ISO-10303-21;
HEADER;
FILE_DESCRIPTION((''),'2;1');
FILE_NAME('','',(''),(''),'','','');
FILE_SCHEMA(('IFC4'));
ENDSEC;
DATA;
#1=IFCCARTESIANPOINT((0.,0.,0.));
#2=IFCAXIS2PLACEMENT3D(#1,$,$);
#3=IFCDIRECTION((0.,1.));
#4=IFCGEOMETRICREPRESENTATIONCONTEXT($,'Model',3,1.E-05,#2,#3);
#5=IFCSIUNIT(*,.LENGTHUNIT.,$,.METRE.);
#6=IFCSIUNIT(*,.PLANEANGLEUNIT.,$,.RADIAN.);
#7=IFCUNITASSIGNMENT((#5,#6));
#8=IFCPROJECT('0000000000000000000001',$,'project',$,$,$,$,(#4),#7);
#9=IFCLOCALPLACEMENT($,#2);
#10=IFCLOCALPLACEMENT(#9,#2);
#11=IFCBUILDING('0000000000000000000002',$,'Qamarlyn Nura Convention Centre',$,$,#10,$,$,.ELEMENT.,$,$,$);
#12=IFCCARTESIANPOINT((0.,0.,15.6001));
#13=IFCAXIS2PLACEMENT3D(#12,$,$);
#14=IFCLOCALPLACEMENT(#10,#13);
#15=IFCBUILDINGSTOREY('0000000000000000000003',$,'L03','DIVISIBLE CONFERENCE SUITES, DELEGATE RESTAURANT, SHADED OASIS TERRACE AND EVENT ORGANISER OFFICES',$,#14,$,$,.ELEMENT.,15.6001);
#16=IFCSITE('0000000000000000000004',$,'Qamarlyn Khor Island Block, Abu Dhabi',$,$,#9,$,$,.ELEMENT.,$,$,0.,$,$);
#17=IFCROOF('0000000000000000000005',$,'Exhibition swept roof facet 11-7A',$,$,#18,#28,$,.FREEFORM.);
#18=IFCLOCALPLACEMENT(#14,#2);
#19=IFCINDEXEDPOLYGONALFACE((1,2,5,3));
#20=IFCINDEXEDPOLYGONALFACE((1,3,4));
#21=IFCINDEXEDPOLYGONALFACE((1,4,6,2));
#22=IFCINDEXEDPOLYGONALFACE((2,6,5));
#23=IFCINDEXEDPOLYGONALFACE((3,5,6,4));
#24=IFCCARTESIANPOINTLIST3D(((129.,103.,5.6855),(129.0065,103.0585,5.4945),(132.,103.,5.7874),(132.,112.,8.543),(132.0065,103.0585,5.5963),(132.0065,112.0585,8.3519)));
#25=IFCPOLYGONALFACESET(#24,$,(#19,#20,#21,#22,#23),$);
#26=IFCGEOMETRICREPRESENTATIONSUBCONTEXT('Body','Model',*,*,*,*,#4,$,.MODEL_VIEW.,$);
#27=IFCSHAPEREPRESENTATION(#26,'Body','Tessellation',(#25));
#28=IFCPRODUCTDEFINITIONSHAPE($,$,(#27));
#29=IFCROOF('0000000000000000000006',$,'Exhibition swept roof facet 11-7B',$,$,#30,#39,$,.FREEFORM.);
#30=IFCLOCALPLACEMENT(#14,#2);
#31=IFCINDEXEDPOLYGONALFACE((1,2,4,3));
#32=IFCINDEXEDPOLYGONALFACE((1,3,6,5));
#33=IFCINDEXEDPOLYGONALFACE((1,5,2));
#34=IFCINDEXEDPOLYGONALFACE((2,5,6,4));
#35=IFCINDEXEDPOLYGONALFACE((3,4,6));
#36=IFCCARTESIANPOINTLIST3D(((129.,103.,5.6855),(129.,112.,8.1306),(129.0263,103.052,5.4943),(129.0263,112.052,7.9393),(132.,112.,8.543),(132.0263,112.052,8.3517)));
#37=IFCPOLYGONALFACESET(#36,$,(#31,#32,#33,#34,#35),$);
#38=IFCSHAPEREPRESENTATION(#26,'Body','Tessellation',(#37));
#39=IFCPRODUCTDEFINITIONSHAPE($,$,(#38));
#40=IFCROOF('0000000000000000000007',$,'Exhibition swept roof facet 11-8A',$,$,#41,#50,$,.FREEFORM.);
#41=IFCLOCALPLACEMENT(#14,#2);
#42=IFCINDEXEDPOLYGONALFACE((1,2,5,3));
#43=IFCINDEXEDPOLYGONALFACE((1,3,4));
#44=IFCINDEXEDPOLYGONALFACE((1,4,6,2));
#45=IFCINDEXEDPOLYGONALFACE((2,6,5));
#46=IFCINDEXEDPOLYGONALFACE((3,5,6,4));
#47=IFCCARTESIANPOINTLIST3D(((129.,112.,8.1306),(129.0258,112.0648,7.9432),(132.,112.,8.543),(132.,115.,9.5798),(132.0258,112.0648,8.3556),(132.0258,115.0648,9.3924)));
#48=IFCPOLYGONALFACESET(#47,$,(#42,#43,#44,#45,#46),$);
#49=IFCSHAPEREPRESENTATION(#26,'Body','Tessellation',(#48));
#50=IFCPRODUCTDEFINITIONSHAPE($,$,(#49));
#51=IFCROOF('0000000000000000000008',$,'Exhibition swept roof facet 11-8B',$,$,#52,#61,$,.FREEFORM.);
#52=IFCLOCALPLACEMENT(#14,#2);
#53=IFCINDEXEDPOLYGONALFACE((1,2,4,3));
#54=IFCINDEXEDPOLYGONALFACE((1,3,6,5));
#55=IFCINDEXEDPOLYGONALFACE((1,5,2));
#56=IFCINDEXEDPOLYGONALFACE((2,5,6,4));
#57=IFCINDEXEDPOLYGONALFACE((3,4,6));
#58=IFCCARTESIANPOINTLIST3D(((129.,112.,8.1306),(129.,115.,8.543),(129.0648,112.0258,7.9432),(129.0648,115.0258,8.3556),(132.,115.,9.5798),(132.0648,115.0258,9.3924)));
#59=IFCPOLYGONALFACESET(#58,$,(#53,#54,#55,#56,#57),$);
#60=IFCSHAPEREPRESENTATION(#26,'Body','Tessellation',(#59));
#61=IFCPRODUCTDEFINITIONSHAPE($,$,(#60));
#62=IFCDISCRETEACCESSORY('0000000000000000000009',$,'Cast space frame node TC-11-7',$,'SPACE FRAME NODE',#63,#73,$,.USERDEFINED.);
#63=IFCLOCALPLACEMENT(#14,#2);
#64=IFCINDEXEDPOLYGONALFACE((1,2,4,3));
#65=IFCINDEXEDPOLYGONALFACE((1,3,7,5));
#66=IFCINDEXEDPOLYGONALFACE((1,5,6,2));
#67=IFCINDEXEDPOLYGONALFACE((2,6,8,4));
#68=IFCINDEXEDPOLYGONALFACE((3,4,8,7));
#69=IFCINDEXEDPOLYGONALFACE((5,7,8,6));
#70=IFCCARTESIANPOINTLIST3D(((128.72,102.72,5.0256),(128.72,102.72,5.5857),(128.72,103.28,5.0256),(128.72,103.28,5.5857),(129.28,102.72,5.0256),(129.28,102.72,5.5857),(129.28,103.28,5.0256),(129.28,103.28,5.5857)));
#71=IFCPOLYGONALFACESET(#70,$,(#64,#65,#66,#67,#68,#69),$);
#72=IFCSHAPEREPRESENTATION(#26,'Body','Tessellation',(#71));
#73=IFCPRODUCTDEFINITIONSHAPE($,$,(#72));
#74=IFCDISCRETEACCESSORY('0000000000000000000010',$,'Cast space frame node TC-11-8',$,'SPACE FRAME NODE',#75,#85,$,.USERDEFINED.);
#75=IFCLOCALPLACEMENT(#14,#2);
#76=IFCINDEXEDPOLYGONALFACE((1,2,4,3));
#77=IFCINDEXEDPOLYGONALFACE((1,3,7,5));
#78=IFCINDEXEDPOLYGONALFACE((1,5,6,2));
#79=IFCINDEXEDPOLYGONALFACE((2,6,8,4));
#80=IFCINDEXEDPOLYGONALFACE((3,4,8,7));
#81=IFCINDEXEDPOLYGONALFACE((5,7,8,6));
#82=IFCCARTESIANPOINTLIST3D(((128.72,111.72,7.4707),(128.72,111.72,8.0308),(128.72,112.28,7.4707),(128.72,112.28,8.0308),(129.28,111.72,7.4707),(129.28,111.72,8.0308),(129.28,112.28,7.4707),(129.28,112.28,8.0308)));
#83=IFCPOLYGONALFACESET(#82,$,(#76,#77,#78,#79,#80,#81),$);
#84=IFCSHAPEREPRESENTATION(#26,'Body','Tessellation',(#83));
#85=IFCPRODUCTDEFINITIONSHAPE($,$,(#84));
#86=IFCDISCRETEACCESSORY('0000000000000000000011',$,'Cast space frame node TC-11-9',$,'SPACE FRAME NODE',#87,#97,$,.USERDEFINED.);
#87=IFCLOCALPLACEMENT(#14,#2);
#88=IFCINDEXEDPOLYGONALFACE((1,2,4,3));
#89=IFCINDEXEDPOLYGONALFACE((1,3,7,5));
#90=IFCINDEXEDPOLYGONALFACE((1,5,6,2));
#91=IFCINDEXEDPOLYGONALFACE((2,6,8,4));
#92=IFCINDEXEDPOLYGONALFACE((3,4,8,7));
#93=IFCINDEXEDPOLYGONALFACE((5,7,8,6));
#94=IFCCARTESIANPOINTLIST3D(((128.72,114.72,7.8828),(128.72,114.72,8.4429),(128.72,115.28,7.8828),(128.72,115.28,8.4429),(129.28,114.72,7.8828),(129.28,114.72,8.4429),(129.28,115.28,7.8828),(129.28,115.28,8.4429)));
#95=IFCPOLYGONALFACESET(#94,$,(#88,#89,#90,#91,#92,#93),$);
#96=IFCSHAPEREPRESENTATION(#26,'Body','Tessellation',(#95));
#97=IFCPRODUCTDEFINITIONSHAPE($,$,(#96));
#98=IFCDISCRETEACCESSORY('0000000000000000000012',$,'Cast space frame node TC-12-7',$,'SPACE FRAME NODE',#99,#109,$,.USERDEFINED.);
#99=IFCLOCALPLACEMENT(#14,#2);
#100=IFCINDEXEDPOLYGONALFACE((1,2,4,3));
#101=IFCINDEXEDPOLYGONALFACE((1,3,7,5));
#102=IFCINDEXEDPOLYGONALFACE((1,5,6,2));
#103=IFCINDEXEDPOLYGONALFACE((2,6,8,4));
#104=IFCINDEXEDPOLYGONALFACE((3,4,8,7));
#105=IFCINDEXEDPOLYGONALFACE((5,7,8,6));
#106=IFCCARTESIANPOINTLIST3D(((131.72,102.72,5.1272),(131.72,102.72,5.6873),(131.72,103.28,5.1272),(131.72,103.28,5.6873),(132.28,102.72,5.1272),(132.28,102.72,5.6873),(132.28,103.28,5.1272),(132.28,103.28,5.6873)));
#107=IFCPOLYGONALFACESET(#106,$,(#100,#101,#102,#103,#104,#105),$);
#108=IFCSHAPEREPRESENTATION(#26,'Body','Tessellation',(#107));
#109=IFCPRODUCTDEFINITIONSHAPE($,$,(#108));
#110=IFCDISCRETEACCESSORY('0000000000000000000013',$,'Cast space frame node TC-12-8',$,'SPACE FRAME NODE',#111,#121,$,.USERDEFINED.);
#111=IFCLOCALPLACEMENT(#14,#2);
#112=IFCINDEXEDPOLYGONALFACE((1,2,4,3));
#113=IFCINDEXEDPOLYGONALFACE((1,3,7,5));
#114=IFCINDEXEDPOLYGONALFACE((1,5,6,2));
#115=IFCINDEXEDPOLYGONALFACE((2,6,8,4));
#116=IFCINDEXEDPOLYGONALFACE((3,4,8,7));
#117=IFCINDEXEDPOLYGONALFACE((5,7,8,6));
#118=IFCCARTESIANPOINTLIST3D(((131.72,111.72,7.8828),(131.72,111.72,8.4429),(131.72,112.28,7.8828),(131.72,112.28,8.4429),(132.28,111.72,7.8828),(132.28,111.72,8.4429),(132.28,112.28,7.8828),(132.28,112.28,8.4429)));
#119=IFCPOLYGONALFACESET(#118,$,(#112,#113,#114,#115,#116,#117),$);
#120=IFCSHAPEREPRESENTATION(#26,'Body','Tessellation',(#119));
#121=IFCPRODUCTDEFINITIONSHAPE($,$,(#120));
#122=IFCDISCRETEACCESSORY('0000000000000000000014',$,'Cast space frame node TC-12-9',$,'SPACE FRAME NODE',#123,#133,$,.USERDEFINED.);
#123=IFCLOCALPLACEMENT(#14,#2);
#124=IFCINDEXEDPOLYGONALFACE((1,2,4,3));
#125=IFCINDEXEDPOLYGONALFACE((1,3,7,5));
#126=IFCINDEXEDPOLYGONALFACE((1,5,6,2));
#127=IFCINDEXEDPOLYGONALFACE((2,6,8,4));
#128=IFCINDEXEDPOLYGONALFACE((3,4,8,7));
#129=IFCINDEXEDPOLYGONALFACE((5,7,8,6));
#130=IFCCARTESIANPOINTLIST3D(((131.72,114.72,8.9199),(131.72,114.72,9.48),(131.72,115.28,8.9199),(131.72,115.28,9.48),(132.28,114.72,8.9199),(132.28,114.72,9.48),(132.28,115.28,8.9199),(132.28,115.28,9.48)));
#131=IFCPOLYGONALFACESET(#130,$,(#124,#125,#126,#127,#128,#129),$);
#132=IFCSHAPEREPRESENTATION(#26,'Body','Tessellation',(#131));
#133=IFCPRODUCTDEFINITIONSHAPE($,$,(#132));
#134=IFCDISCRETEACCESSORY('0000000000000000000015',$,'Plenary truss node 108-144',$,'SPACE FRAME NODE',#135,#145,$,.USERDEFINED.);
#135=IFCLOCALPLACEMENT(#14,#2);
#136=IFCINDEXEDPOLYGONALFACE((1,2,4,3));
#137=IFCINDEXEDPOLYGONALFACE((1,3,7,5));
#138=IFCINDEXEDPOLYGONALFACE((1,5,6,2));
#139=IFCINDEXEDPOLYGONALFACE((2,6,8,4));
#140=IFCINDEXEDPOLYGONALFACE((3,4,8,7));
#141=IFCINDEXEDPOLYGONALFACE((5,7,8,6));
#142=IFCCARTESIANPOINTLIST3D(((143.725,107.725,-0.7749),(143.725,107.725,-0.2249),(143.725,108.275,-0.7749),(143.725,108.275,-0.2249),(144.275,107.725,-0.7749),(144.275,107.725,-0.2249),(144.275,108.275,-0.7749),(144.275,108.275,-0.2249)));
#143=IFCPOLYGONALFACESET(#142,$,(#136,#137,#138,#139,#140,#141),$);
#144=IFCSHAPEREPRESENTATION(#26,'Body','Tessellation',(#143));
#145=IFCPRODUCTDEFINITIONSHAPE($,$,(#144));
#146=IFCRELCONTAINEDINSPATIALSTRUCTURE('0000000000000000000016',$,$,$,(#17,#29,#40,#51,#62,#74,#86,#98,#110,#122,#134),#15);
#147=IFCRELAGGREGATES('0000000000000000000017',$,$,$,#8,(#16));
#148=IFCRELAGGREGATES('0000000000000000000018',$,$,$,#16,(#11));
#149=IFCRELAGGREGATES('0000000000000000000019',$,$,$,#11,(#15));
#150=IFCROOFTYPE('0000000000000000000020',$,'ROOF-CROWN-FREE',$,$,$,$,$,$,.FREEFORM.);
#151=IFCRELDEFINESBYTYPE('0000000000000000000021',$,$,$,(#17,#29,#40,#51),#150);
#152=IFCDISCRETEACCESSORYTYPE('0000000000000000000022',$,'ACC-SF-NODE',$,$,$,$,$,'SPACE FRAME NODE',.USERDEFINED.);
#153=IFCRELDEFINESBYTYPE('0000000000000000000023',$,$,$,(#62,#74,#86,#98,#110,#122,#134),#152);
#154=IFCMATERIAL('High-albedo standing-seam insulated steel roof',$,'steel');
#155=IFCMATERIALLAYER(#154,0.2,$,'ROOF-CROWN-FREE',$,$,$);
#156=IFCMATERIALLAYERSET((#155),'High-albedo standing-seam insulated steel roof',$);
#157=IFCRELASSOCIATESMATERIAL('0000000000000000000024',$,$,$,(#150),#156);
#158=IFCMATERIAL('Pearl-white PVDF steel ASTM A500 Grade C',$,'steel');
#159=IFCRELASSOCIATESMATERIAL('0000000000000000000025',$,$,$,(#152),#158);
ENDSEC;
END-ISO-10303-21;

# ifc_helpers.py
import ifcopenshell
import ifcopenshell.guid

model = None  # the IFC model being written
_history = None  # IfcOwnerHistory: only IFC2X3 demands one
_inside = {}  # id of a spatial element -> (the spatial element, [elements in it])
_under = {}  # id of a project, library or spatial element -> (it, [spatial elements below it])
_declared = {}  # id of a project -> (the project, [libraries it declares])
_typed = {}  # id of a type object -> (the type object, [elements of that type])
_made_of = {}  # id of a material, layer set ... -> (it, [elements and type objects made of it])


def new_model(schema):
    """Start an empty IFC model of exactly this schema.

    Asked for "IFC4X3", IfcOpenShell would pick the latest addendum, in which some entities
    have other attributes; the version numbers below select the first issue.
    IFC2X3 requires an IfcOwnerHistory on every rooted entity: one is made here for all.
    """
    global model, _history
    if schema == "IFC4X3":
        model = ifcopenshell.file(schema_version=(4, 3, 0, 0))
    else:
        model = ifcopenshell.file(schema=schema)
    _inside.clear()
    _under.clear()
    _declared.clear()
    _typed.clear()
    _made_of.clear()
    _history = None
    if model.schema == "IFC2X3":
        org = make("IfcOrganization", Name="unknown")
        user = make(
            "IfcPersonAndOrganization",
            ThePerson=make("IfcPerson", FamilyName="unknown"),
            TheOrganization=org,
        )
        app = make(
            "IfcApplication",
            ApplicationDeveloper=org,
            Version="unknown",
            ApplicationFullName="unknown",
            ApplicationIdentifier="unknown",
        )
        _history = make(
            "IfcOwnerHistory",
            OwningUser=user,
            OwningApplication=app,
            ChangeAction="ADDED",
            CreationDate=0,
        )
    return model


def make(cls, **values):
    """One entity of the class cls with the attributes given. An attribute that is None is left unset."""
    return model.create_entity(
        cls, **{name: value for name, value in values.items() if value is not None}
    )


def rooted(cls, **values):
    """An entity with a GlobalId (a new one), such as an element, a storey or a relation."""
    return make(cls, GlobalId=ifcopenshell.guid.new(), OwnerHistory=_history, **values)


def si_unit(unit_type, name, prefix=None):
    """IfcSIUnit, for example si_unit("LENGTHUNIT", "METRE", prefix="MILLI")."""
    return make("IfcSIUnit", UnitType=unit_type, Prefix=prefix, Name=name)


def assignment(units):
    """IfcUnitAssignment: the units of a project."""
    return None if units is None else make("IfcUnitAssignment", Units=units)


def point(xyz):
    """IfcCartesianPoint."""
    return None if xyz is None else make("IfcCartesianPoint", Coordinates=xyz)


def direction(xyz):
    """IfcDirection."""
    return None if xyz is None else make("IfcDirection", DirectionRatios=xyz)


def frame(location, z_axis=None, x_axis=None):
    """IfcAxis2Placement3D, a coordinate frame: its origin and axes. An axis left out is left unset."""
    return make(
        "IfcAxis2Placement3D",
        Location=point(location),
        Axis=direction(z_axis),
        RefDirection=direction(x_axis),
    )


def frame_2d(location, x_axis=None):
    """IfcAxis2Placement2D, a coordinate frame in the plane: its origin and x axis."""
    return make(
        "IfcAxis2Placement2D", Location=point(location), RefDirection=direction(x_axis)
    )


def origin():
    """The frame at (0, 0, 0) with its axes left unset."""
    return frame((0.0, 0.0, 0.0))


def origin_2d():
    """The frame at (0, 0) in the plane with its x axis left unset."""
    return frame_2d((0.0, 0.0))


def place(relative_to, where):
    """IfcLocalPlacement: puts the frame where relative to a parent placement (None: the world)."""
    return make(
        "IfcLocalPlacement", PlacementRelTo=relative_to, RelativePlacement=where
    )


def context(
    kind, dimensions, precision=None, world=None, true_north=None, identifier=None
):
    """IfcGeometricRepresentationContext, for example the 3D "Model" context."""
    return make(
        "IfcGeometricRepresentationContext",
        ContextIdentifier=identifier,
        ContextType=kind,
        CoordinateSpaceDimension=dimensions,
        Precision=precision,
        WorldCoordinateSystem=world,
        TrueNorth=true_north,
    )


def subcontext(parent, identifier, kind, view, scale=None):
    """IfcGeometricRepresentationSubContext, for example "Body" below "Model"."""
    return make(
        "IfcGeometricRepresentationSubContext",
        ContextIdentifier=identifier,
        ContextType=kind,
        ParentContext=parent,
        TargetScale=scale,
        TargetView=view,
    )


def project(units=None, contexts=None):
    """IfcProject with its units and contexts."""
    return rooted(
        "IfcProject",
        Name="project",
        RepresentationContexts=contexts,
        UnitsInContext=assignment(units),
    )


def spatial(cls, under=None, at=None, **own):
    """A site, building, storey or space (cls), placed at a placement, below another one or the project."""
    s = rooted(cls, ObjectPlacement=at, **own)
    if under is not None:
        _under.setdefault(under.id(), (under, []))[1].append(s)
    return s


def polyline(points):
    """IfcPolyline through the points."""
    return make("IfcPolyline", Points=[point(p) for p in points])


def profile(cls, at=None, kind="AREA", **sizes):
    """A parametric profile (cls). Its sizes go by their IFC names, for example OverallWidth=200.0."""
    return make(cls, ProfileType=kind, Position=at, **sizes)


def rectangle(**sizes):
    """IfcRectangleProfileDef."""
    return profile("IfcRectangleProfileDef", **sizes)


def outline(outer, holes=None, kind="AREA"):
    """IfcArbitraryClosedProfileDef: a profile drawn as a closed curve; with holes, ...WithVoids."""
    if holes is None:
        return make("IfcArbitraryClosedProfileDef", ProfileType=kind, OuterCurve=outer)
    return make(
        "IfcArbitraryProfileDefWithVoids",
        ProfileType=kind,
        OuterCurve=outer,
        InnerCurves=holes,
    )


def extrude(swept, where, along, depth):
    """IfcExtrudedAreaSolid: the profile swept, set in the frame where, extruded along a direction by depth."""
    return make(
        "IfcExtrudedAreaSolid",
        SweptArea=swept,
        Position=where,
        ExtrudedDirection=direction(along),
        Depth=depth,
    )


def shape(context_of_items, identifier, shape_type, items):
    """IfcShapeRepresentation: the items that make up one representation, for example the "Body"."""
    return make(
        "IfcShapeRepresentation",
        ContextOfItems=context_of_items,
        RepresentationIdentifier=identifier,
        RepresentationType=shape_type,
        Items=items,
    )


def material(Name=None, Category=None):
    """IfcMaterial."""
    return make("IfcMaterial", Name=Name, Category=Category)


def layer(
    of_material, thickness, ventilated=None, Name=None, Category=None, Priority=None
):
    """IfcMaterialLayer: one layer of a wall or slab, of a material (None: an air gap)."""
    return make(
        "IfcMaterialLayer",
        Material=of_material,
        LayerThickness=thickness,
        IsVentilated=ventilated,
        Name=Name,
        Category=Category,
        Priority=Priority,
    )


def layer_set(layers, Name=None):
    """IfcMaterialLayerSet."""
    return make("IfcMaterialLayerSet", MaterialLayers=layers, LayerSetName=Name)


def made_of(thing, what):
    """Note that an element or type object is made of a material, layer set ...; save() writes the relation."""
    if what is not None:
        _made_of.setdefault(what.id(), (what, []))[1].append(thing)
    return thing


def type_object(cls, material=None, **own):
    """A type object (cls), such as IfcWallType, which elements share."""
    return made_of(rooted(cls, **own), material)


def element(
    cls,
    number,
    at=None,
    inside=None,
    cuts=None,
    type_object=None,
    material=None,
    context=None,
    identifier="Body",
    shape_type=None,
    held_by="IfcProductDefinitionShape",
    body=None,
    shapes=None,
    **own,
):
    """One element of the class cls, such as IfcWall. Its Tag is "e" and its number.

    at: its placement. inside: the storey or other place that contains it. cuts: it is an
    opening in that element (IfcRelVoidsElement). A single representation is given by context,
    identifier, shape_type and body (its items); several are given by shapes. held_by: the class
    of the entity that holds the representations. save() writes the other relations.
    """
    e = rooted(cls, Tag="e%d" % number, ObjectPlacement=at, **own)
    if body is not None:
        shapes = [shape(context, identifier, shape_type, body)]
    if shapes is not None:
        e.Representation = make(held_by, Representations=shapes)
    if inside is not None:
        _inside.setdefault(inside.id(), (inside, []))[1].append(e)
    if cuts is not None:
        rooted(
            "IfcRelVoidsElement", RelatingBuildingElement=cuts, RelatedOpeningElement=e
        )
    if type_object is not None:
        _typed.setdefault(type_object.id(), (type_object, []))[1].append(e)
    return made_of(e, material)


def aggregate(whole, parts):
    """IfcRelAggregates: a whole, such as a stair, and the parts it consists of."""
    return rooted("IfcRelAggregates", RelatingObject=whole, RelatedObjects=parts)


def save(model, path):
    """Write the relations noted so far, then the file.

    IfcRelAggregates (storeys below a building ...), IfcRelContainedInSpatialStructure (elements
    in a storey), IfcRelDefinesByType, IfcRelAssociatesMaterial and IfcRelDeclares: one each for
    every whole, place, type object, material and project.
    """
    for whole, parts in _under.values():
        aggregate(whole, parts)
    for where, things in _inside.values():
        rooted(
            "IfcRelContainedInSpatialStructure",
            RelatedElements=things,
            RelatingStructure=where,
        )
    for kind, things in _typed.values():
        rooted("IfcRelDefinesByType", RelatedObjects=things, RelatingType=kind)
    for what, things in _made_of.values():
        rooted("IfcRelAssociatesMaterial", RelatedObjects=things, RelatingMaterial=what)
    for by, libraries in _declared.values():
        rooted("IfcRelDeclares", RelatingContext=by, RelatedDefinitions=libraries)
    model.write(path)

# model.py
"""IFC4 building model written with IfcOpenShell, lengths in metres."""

from ifc_helpers import new_model, si_unit, direction, frame, origin, origin_2d, place, context, subcontext, project, spatial, polyline, rectangle, outline, extrude, material, layer, layer_set, type_object, element, save


model = new_model("IFC4")

# Units and contexts
model_context = context("Model", 3, precision=1e-05, world=origin(), true_north=direction((0.0, 1.0)))
body_context = subcontext(model_context, "Body", "Model", "MODEL_VIEW")
ifc_project = project(units=[si_unit("LENGTHUNIT", "METRE"), si_unit("PLANEANGLEUNIT", "RADIAN")], contexts=[model_context])

# Site, building, storey
site_placement = place(None, origin())
site = spatial("IfcSite", under=ifc_project, at=site_placement, Name="Qamarlyn Khor Island Block, Abu Dhabi", CompositionType="ELEMENT", RefElevation=0.0)
building_placement = place(site_placement, origin())
building = spatial("IfcBuilding", under=site, at=building_placement, Name="Qamarlyn Nura Convention Centre", CompositionType="ELEMENT")
storey_placement = place(building_placement, frame((0.0, 0.0, 15.6001)))
storey = spatial("IfcBuildingStorey", under=building, at=storey_placement, Name="L03", Description="DIVISIBLE CONFERENCE SUITES, DELEGATE RESTAURANT, SHADED OASIS TERRACE AND EVENT ORGANISER OFFICES", CompositionType="ELEMENT", Elevation=15.6001)

# Shared definitions
ifc_material_1 = material(Name="Pearl-white PVDF steel ASTM A500 Grade C", Category="steel")

# Roofs
ifc_material_2 = material(Name="High-albedo standing-seam insulated steel roof", Category="steel")
ifc_layer_1 = layer(ifc_material_2, 0.2, Name="ROOF-CROWN-FREE")
ifc_layer_set_1 = layer_set([ifc_layer_1], Name="High-albedo standing-seam insulated steel roof")
roof_type = type_object("IfcRoofType", Name="ROOF-CROWN-FREE", PredefinedType="FREEFORM", material=ifc_layer_set_1)
roof_1_placement = place(storey_placement, frame((129.0, 103.0, 5.6855), z_axis=(-0.032432, -0.29261, 0.955682), x_axis=(0.999425, 0.0, 0.033916)))
element("IfcRoof", 1, at=roof_1_placement, inside=storey, type_object=roof_type, Name="Exhibition swept roof facet 11-7A", PredefinedType="FREEFORM", context=body_context, shape_type="SweptSolid", body=[
    extrude(outline(polyline([(0.0, 0.0), (3.0017, 0.0), (3.0952, 9.4119), (0.0, 0.0)])), origin(), (0.0, 0.0, -1.0), 0.2),
])
roof_2_placement = place(storey_placement, frame((129.0, 103.0, 5.6855), z_axis=(-0.131492, -0.259895, 0.956642), x_axis=(0.302791, 0.908374, 0.288401)))
element("IfcRoof", 2, at=roof_2_placement, inside=storey, type_object=roof_type, Name="Exhibition swept roof facet 11-7B", PredefinedType="FREEFORM", context=body_context, shape_type="SweptSolid", body=[
    extrude(outline(polyline([(0.0, 0.0), (9.9078, 0.0), (8.8805, 2.8486), (0.0, 0.0)])), origin(), (0.0, 0.0, -1.0), 0.2),
])
roof_3_placement = place(storey_placement, frame((129.0, 112.0, 8.1306), z_axis=(-0.128828, -0.323939, 0.937265), x_axis=(0.990685, 0.0, 0.136171)))
element("IfcRoof", 3, at=roof_3_placement, inside=storey, type_object=roof_type, Name="Exhibition swept roof facet 11-8A", PredefinedType="FREEFORM", context=body_context, shape_type="SweptSolid", body=[
    extrude(outline(polyline([(0.0, 0.0), (3.0282, 0.0), (3.1694, 3.171), (0.0, 0.0)])), origin(), (0.0, 0.0, -1.0), 0.2),
])
roof_4_placement = place(storey_placement, frame((129.0, 112.0, 8.1306), z_axis=(-0.323939, -0.128828, 0.937265), x_axis=(0.669146, 0.669146, 0.323246)))
element("IfcRoof", 4, at=roof_4_placement, inside=storey, type_object=roof_type, Name="Exhibition swept roof facet 11-8B", PredefinedType="FREEFORM", context=body_context, shape_type="SweptSolid", body=[
    extrude(outline(polyline([(0.0, 0.0), (4.4833, 0.0), (2.1407, 2.1418), (0.0, 0.0)])), origin(), (0.0, 0.0, -1.0), 0.2),
])

# Discrete accessories
discrete_accessory_type = type_object("IfcDiscreteAccessoryType", Name="ACC-SF-NODE", ElementType="SPACE FRAME NODE", PredefinedType="USERDEFINED", material=ifc_material_1)
for number, where, z_axis, x_axis, name in (
    (5, (129.0, 103.0, 5.0256), (0.0, 0.0, 1.0), (1.0, 0.0, 0.0), "Cast space frame node TC-11-7"),
    (6, (129.0, 112.0, 7.4707), (0.0, 0.0, 1.0), (1.0, 0.0, 0.0), "Cast space frame node TC-11-8"),
    (7, (129.0, 115.0, 7.8828), (0.0, 0.0, 1.0), (1.0, 0.0, 0.0), "Cast space frame node TC-11-9"),
    (8, (132.0, 103.0, 5.1272), (0.0, 0.0, 1.0), (1.0, 0.0, 0.0), "Cast space frame node TC-12-7"),
    (9, (132.0, 112.0, 7.8828), (0.0, 0.0, 1.0), (1.0, 0.0, 0.0), "Cast space frame node TC-12-8"),
    (10, (132.0, 115.0, 8.9199), (0.0, 0.0, 1.0), (1.0, 0.0, 0.0), "Cast space frame node TC-12-9"),
):
    element("IfcDiscreteAccessory", number, at=place(storey_placement, frame(where, z_axis=z_axis, x_axis=x_axis)), inside=storey, type_object=discrete_accessory_type, Name=name, ObjectType="SPACE FRAME NODE", PredefinedType="USERDEFINED", context=body_context, shape_type="SweptSolid", body=[
        extrude(rectangle(XDim=0.5601, YDim=0.5601, at=origin_2d()), origin(), (0.0, 0.0, 1.0), 0.5601),
    ])
discrete_accessory_placement = place(storey_placement, frame((144.0, 108.0, -0.7749), z_axis=(0.0, 0.0, 1.0), x_axis=(1.0, 0.0, 0.0)))
element("IfcDiscreteAccessory", 11, at=discrete_accessory_placement, inside=storey, type_object=discrete_accessory_type, Name="Plenary truss node 108-144", ObjectType="SPACE FRAME NODE", PredefinedType="USERDEFINED", context=body_context, shape_type="SweptSolid", body=[
    extrude(rectangle(XDim=0.55, YDim=0.55, at=origin_2d()), origin(), (0.0, 0.0, 1.0), 0.55),
])

save(model, "model.ifc")
